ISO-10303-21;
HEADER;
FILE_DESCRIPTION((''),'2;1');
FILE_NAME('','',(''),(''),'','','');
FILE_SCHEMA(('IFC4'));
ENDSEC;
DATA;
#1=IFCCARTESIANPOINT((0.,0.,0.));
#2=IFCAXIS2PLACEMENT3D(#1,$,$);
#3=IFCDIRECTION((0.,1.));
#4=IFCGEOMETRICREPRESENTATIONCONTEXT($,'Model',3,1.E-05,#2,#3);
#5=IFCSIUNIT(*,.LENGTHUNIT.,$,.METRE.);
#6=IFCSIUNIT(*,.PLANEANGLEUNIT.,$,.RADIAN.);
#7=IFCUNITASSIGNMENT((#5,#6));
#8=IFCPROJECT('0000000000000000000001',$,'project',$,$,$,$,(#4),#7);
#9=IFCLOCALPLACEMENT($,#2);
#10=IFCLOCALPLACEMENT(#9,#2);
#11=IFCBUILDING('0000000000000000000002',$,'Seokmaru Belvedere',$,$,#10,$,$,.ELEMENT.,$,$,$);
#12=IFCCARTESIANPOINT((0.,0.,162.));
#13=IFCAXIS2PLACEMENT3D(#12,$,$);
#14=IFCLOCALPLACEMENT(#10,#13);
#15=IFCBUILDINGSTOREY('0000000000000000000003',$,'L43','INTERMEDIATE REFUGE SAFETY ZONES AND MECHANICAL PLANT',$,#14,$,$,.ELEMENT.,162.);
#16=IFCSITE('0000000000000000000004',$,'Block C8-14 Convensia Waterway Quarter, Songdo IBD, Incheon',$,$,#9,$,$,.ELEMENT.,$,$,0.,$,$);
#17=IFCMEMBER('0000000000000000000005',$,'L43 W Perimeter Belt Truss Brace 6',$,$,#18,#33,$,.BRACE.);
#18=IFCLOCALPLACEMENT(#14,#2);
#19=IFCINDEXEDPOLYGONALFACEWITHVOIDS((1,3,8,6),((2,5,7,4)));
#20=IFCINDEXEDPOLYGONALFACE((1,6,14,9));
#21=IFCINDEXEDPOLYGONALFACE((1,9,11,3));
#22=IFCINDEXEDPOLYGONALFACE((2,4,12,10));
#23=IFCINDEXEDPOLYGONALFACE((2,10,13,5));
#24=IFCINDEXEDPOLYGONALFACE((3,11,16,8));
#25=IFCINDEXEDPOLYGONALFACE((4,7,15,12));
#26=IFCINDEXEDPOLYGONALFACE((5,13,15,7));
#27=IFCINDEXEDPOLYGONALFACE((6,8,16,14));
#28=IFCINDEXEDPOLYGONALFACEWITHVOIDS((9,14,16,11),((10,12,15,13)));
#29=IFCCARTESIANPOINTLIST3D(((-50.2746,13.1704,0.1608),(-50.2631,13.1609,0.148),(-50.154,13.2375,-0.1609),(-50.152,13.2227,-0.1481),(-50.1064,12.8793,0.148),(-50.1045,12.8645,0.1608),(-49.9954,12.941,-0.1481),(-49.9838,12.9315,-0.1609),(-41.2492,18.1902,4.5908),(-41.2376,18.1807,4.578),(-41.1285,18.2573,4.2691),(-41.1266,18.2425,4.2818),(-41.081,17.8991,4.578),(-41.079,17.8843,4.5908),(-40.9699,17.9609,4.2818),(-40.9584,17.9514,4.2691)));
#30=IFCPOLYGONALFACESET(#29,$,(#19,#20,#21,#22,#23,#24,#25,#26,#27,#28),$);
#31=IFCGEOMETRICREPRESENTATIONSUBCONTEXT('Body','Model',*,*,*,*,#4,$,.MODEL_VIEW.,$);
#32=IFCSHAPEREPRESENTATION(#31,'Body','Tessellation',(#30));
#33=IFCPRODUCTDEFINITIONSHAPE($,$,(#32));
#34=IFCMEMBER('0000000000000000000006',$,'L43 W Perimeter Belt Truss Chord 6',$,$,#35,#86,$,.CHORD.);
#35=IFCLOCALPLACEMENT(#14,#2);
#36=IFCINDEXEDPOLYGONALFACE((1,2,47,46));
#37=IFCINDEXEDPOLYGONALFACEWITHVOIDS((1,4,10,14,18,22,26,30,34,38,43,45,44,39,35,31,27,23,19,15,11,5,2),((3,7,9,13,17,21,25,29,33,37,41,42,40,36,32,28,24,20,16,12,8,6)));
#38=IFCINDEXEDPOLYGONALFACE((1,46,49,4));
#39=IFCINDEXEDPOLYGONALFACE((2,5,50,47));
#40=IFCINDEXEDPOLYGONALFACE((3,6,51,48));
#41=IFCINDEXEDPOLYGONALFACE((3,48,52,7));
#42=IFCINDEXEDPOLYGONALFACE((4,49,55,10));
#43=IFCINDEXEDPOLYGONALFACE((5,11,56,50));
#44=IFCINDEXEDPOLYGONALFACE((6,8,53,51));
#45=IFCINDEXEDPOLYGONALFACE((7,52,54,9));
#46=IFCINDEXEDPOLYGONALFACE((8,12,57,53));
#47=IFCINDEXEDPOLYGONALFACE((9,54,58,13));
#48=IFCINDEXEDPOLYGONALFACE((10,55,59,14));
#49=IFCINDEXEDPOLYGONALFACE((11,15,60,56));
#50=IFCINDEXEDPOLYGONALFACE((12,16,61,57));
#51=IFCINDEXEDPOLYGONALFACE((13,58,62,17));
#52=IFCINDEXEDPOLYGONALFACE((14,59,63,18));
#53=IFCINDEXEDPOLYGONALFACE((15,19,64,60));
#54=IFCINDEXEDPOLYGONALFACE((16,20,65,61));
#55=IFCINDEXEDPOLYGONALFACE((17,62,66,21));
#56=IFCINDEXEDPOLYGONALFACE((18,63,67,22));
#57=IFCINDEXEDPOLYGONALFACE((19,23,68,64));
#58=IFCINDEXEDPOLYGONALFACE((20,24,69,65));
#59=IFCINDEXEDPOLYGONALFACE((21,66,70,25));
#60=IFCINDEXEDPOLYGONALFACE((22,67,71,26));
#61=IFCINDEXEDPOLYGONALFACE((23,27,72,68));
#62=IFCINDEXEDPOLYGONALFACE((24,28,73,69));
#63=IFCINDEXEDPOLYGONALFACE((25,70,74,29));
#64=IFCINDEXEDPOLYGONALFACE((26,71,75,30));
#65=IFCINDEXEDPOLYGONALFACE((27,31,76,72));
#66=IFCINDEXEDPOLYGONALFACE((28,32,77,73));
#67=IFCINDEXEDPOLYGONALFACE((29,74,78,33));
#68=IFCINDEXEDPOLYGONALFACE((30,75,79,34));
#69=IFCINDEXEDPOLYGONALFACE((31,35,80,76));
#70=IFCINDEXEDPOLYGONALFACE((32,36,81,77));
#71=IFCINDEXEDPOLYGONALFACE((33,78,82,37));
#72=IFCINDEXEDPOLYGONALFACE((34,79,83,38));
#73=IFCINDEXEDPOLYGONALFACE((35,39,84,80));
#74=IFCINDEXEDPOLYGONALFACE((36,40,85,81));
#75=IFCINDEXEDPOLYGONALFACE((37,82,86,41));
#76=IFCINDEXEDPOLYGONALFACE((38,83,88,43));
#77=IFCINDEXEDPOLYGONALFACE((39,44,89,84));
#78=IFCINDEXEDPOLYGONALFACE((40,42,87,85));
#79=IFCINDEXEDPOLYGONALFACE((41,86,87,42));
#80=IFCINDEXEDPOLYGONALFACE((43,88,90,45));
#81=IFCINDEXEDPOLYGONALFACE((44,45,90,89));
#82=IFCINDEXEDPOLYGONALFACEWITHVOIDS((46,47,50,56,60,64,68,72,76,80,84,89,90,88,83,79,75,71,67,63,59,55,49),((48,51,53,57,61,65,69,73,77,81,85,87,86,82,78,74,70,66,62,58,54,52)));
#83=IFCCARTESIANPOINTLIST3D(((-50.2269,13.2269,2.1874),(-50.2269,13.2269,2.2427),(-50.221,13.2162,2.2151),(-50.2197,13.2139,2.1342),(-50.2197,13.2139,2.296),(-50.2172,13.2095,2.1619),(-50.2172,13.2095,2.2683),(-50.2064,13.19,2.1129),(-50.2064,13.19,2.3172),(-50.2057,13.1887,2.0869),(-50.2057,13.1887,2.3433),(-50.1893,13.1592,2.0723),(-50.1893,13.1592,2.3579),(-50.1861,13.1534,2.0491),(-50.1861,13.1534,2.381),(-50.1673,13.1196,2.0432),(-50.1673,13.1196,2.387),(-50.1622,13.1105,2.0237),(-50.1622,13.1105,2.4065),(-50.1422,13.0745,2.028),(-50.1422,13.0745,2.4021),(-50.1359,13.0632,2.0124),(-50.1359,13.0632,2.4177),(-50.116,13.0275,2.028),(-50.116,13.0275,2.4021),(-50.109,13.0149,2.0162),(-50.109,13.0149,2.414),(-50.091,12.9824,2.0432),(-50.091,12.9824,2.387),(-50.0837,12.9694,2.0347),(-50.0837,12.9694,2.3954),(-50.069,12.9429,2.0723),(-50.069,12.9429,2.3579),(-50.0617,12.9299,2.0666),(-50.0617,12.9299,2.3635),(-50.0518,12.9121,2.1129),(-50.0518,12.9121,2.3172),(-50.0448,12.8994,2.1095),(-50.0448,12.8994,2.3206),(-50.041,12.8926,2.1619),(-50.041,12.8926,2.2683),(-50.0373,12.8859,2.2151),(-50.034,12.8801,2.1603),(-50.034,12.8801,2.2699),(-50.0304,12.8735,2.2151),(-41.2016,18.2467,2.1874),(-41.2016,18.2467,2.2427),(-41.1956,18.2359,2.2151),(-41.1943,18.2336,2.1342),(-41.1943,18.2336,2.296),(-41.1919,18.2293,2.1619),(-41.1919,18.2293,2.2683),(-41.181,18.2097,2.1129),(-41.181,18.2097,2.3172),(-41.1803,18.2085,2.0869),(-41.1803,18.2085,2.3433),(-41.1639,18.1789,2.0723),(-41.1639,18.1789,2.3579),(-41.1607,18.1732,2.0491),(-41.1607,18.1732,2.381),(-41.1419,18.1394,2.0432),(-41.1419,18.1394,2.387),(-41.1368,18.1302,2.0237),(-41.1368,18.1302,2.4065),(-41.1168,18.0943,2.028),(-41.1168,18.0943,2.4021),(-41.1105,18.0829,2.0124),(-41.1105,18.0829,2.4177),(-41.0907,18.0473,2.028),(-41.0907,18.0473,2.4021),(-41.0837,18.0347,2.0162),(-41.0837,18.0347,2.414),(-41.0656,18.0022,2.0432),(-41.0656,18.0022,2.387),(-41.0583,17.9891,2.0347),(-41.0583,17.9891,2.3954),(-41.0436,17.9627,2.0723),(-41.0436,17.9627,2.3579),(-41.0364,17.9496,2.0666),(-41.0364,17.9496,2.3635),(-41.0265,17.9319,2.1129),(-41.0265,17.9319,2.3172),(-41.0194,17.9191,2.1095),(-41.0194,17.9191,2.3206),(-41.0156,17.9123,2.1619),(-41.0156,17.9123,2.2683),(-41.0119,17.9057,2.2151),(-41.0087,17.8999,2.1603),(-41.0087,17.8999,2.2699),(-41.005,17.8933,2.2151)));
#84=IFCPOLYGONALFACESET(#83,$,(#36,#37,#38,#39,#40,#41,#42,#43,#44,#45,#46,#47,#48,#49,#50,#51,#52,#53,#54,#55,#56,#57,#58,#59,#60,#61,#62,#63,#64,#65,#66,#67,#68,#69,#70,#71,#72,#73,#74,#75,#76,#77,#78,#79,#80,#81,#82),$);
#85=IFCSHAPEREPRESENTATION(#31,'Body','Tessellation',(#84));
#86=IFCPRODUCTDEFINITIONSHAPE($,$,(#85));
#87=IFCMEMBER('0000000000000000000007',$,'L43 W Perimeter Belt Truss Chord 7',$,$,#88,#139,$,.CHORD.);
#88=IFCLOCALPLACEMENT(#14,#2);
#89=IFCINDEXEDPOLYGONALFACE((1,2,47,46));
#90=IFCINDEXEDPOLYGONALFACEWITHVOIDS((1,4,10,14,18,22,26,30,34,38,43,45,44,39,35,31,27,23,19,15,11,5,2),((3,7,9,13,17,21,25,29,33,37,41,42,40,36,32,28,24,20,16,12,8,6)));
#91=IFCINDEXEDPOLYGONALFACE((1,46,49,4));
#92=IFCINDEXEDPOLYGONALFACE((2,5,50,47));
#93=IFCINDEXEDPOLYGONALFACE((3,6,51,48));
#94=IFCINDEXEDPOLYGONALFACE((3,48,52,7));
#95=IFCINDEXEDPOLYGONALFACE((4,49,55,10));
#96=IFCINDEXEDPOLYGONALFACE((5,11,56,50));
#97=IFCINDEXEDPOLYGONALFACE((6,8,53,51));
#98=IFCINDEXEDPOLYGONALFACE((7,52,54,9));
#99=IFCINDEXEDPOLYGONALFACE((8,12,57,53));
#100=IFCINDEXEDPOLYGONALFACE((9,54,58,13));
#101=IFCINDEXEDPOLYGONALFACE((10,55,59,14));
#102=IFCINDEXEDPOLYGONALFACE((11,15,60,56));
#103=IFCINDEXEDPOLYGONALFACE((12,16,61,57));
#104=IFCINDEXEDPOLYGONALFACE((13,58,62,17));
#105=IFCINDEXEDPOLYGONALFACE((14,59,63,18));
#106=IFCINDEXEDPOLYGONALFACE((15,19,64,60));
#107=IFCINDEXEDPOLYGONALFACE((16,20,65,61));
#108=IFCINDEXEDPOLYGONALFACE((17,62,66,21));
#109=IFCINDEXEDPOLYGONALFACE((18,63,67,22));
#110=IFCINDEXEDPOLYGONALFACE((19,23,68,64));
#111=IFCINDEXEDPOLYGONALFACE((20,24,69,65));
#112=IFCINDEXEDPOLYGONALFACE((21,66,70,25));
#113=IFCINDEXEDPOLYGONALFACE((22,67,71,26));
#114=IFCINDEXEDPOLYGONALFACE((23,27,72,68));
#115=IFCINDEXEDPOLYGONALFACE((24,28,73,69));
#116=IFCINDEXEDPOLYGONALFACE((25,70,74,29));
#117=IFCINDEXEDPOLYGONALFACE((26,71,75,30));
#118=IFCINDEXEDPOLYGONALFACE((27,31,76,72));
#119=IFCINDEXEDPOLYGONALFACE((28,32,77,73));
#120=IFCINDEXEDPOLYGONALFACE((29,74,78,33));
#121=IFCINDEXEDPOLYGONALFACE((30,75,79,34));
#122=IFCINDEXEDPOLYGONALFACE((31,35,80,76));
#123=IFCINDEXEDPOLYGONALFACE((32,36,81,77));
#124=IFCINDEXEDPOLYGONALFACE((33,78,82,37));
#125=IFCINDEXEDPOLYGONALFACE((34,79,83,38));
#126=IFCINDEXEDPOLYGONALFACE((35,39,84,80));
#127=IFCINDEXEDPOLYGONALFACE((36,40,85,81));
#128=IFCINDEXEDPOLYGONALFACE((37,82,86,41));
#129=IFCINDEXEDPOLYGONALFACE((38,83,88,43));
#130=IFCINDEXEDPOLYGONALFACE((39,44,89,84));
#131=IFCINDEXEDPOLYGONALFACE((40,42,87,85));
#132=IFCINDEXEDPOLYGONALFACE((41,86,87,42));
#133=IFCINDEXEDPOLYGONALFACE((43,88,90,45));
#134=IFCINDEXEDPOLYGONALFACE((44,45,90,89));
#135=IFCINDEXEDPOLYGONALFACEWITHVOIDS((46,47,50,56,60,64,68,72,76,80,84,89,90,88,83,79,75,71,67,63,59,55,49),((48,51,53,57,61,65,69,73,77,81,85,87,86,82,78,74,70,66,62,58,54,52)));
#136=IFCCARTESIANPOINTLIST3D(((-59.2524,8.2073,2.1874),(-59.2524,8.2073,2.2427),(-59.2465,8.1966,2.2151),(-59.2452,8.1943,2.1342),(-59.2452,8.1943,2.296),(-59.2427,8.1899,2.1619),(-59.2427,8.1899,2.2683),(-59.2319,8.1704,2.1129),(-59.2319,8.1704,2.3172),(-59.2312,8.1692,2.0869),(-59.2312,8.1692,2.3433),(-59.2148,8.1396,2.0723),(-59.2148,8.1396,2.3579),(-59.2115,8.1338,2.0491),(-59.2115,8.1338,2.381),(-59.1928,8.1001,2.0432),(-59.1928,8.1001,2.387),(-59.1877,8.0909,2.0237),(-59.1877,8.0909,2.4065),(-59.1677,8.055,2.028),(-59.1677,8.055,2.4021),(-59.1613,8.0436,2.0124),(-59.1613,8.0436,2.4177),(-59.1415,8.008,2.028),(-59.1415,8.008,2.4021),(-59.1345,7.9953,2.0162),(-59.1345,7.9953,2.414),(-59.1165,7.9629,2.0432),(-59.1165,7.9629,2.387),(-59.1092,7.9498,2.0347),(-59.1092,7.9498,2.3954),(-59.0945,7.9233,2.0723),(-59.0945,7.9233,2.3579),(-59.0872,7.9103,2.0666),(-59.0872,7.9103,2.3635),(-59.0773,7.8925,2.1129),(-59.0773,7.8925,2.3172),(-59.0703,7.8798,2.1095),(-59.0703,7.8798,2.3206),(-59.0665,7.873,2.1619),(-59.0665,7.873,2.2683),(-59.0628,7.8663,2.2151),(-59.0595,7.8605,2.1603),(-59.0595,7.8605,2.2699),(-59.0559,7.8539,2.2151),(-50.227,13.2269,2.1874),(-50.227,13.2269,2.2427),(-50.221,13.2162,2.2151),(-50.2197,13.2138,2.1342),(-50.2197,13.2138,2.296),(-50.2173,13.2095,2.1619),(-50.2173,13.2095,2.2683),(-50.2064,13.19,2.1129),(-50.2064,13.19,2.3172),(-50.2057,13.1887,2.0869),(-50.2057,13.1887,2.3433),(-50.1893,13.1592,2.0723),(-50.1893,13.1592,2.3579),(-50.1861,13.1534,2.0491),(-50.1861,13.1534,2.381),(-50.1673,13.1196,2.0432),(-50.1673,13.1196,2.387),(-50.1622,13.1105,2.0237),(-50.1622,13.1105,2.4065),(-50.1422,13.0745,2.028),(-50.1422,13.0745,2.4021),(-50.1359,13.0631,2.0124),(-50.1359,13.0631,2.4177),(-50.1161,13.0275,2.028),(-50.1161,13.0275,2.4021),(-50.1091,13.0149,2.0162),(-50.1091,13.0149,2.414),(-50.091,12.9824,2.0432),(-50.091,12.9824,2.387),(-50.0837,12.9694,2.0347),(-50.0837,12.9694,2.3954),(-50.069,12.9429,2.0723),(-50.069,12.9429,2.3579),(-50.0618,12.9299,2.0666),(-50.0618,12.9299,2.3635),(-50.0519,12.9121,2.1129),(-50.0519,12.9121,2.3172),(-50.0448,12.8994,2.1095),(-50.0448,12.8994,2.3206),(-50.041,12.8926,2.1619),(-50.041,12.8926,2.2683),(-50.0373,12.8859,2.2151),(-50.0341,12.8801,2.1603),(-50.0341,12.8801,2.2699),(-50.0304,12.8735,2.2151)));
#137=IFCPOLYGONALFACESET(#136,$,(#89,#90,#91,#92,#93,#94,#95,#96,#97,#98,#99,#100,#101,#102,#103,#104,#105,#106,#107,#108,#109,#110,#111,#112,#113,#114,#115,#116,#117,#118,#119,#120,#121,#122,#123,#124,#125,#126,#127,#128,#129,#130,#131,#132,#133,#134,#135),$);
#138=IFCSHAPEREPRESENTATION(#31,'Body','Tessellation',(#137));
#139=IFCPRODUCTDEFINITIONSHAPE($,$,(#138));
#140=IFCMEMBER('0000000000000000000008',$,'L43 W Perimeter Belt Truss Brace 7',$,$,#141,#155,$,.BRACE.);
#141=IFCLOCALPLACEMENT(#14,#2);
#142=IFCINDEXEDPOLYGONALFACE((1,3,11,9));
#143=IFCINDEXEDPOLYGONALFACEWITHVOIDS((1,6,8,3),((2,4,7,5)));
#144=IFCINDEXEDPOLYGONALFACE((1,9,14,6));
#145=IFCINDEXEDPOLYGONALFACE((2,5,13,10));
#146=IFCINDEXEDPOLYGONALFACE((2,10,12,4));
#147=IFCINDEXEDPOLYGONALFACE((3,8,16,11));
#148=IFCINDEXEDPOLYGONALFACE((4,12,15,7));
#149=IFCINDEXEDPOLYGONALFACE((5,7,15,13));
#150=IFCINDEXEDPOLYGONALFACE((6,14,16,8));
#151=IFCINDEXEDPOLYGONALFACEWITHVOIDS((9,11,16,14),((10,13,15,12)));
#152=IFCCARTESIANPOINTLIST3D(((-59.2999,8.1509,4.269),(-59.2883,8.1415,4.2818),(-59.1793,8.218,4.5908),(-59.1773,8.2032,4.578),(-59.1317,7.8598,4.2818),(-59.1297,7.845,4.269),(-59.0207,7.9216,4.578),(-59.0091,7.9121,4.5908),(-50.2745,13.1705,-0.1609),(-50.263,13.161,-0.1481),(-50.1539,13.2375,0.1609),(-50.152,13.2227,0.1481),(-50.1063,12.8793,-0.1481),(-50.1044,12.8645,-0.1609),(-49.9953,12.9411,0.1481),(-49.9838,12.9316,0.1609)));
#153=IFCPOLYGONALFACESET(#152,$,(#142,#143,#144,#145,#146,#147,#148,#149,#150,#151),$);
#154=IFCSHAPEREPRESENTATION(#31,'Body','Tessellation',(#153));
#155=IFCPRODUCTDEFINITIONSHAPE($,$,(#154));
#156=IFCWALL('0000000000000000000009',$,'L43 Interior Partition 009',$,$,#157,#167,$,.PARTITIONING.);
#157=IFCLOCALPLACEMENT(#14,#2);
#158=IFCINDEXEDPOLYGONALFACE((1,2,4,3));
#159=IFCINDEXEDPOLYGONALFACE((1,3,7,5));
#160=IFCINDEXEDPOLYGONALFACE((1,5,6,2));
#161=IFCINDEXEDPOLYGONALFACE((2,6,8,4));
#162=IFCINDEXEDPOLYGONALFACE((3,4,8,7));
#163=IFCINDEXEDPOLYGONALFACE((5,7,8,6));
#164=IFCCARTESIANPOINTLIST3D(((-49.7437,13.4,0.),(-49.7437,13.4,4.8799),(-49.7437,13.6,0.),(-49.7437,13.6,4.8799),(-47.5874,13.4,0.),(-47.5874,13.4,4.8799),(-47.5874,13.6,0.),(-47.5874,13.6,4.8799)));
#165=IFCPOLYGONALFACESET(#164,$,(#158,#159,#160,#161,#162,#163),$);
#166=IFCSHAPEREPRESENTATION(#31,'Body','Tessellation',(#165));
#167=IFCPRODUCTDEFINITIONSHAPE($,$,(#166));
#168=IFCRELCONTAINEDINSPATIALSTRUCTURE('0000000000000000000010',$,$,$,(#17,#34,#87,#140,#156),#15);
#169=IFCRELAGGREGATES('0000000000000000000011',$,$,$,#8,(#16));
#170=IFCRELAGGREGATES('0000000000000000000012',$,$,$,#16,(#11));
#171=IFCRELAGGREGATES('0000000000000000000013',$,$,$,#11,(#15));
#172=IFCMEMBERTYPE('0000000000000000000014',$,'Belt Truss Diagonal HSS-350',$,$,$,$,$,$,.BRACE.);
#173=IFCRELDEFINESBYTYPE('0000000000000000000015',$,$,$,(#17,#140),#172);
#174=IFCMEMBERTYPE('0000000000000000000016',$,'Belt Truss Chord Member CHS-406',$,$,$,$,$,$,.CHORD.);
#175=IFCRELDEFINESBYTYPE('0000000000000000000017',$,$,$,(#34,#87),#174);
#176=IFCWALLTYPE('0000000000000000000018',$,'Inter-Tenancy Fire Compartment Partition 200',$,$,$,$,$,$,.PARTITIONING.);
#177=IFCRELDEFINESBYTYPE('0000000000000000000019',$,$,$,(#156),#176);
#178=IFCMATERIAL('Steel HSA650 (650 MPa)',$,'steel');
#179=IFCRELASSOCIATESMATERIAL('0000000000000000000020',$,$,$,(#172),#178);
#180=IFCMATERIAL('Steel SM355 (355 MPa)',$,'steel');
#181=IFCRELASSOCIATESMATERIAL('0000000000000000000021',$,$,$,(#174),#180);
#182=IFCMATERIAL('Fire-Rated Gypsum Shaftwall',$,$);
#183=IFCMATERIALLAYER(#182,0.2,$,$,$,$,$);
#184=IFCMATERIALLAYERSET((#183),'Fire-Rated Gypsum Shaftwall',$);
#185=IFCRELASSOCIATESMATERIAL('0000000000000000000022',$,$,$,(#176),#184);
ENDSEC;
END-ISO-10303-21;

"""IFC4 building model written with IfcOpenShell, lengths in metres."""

from ifc_helpers import new_model, si_unit, direction, frame, frame_2d, origin, origin_2d, place, context, subcontext, project, spatial, rectangle, hollow_rectangle, hollow_circle, extrude, source, transform, mapped, material, layer, layer_set, material_profile, profile_set, type_object, type_shapes, element, save


model = new_model("IFC4")

# Units and contexts
model_context = context("Model", 3, precision=1e-05, world=origin(), true_north=direction((0.0, 1.0)))
body_context = subcontext(model_context, "Body", "Model", "MODEL_VIEW")
ifc_project = project(units=[si_unit("LENGTHUNIT", "METRE"), si_unit("PLANEANGLEUNIT", "RADIAN")], contexts=[model_context])

# Site, building, storey
site_placement = place(None, origin())
site = spatial("IfcSite", under=ifc_project, at=site_placement, Name="Block C8-14 Convensia Waterway Quarter, Songdo IBD, Incheon", CompositionType="ELEMENT", RefElevation=0.0)
building_placement = place(site_placement, origin())
building = spatial("IfcBuilding", under=site, at=building_placement, Name="Seokmaru Belvedere", CompositionType="ELEMENT")
storey_placement = place(building_placement, frame((0.0, 0.0, 162.0)))
storey = spatial("IfcBuildingStorey", under=building, at=storey_placement, Name="L43", Description="INTERMEDIATE REFUGE SAFETY ZONES AND MECHANICAL PLANT", CompositionType="ELEMENT", Elevation=162.0)

# Shared definitions
ifc_material_1 = material(Name="Steel SM355 (355 MPa)", Category="steel")

# Members
ifc_material_2 = material(Name="Steel HSA650 (650 MPa)", Category="steel")
ifc_material_profile_1 = material_profile(ifc_material_2, hollow_rectangle(XDim=0.3501, YDim=0.3501, WallThickness=0.0139, at=origin_2d()), Name="HSS-350x350x14")
ifc_profile_set_1 = profile_set([ifc_material_profile_1], Name="Steel HSA650 (650 MPa)")
member_type_1 = type_object("IfcMemberType", Name="Belt Truss Diagonal HSS-350", PredefinedType="BRACE", material=ifc_profile_set_1)
shared_shape_1 = source(origin(), body_context, "Body", "SweptSolid", [
    extrude(hollow_rectangle(XDim=0.3501, YDim=0.3501, WallThickness=0.0139, at=origin_2d()), origin(), (0.0, 0.0, 1.0), 11.2375),
])
member_1_placement = place(storey_placement, frame((-41.1038, 18.0708, 4.4299), z_axis=(-0.803153, -0.446701, -0.394212), x_axis=(0.486062, -0.873924, 0.0)))
element("IfcMember", 1, at=member_1_placement, inside=storey, type_object=member_type_1, Name="L43 W Perimeter Belt Truss Brace 6", PredefinedType="BRACE", context=body_context, shape_type="MappedRepresentation", body=[
    mapped(shared_shape_1, transform((0.0, 0.0, 0.0), scale=1.0)),
])
ifc_material_profile_2 = material_profile(ifc_material_1, hollow_circle(Radius=0.2031, WallThickness=0.0142, at=origin_2d()), Name="CHS-406.4x14.2")
ifc_profile_set_2 = profile_set([ifc_material_profile_2], Name="Steel SM355 (355 MPa)")
member_type_2 = type_object("IfcMemberType", Name="Belt Truss Chord Member CHS-406", PredefinedType="CHORD", material=ifc_profile_set_2)
shared_shape_2 = source(origin(), body_context, "Body", "SweptSolid", [
    extrude(hollow_circle(Radius=0.2031, WallThickness=0.0142, at=origin_2d()), origin(), (0.0, 0.0, 1.0), 10.3274),
])
type_shapes(member_type_2, [shared_shape_2])
for number, where, z_axis, x_axis, name in (
    (2, (-41.1038, 18.0708, 2.2151), (-0.873924, -0.486062, 0.0), (0.486062, -0.873924, 0.0), "L43 W Perimeter Belt Truss Chord 6"),
    (3, (-50.1292, 13.051, 2.2151), (-0.873934, -0.486044, 0.0), (0.486044, -0.873934, 0.0), "L43 W Perimeter Belt Truss Chord 7"),
):
    element("IfcMember", number, at=place(storey_placement, frame(where, z_axis=z_axis, x_axis=x_axis)), inside=storey, type_object=member_type_2, Name=name, PredefinedType="CHORD", context=body_context, shape_type="MappedRepresentation", body=[
        mapped(shared_shape_2, transform((0.0, 0.0, 0.0), scale=1.0)),
    ])
shared_shape_3 = source(origin(), body_context, "Body", "SweptSolid", [
    extrude(hollow_rectangle(XDim=0.3501, YDim=0.3501, WallThickness=0.0139, at=origin_2d()), origin(), (0.0, 0.0, 1.0), 11.2373),
])
type_shapes(member_type_1, [shared_shape_1, shared_shape_3])
member_2_placement = place(storey_placement, frame((-50.1292, 13.051, 0.0), z_axis=(-0.803161, -0.446683, 0.394216), x_axis=(0.486044, -0.873934, 0.0)))
element("IfcMember", 4, at=member_2_placement, inside=storey, type_object=member_type_1, Name="L43 W Perimeter Belt Truss Brace 7", PredefinedType="BRACE", context=body_context, shape_type="MappedRepresentation", body=[
    mapped(shared_shape_3, transform((0.0, 0.0, 0.0), scale=1.0)),
])

# Wall
ifc_material_3 = material(Name="Fire-Rated Gypsum Shaftwall")
ifc_layer = layer(ifc_material_3, 0.2)
ifc_layer_set = layer_set([ifc_layer], Name="Fire-Rated Gypsum Shaftwall")
wall_type = type_object("IfcWallType", Name="Inter-Tenancy Fire Compartment Partition 200", PredefinedType="PARTITIONING", material=ifc_layer_set)
wall_1_placement = place(storey_placement, frame((-49.7437, 13.5, 0.0), z_axis=(0.0, 0.0, 1.0), x_axis=(1.0, 0.0, 0.0)))
element("IfcWall", 5, at=wall_1_placement, inside=storey, type_object=wall_type, Name="L43 Interior Partition 009", PredefinedType="PARTITIONING", context=body_context, shape_type="SweptSolid", body=[
    extrude(rectangle(XDim=2.1562, YDim=0.2, at=frame_2d((1.0781, 0.0))), origin(), (0.0, 0.0, 1.0), 4.8799),
])

save(model, "model.ifc")
